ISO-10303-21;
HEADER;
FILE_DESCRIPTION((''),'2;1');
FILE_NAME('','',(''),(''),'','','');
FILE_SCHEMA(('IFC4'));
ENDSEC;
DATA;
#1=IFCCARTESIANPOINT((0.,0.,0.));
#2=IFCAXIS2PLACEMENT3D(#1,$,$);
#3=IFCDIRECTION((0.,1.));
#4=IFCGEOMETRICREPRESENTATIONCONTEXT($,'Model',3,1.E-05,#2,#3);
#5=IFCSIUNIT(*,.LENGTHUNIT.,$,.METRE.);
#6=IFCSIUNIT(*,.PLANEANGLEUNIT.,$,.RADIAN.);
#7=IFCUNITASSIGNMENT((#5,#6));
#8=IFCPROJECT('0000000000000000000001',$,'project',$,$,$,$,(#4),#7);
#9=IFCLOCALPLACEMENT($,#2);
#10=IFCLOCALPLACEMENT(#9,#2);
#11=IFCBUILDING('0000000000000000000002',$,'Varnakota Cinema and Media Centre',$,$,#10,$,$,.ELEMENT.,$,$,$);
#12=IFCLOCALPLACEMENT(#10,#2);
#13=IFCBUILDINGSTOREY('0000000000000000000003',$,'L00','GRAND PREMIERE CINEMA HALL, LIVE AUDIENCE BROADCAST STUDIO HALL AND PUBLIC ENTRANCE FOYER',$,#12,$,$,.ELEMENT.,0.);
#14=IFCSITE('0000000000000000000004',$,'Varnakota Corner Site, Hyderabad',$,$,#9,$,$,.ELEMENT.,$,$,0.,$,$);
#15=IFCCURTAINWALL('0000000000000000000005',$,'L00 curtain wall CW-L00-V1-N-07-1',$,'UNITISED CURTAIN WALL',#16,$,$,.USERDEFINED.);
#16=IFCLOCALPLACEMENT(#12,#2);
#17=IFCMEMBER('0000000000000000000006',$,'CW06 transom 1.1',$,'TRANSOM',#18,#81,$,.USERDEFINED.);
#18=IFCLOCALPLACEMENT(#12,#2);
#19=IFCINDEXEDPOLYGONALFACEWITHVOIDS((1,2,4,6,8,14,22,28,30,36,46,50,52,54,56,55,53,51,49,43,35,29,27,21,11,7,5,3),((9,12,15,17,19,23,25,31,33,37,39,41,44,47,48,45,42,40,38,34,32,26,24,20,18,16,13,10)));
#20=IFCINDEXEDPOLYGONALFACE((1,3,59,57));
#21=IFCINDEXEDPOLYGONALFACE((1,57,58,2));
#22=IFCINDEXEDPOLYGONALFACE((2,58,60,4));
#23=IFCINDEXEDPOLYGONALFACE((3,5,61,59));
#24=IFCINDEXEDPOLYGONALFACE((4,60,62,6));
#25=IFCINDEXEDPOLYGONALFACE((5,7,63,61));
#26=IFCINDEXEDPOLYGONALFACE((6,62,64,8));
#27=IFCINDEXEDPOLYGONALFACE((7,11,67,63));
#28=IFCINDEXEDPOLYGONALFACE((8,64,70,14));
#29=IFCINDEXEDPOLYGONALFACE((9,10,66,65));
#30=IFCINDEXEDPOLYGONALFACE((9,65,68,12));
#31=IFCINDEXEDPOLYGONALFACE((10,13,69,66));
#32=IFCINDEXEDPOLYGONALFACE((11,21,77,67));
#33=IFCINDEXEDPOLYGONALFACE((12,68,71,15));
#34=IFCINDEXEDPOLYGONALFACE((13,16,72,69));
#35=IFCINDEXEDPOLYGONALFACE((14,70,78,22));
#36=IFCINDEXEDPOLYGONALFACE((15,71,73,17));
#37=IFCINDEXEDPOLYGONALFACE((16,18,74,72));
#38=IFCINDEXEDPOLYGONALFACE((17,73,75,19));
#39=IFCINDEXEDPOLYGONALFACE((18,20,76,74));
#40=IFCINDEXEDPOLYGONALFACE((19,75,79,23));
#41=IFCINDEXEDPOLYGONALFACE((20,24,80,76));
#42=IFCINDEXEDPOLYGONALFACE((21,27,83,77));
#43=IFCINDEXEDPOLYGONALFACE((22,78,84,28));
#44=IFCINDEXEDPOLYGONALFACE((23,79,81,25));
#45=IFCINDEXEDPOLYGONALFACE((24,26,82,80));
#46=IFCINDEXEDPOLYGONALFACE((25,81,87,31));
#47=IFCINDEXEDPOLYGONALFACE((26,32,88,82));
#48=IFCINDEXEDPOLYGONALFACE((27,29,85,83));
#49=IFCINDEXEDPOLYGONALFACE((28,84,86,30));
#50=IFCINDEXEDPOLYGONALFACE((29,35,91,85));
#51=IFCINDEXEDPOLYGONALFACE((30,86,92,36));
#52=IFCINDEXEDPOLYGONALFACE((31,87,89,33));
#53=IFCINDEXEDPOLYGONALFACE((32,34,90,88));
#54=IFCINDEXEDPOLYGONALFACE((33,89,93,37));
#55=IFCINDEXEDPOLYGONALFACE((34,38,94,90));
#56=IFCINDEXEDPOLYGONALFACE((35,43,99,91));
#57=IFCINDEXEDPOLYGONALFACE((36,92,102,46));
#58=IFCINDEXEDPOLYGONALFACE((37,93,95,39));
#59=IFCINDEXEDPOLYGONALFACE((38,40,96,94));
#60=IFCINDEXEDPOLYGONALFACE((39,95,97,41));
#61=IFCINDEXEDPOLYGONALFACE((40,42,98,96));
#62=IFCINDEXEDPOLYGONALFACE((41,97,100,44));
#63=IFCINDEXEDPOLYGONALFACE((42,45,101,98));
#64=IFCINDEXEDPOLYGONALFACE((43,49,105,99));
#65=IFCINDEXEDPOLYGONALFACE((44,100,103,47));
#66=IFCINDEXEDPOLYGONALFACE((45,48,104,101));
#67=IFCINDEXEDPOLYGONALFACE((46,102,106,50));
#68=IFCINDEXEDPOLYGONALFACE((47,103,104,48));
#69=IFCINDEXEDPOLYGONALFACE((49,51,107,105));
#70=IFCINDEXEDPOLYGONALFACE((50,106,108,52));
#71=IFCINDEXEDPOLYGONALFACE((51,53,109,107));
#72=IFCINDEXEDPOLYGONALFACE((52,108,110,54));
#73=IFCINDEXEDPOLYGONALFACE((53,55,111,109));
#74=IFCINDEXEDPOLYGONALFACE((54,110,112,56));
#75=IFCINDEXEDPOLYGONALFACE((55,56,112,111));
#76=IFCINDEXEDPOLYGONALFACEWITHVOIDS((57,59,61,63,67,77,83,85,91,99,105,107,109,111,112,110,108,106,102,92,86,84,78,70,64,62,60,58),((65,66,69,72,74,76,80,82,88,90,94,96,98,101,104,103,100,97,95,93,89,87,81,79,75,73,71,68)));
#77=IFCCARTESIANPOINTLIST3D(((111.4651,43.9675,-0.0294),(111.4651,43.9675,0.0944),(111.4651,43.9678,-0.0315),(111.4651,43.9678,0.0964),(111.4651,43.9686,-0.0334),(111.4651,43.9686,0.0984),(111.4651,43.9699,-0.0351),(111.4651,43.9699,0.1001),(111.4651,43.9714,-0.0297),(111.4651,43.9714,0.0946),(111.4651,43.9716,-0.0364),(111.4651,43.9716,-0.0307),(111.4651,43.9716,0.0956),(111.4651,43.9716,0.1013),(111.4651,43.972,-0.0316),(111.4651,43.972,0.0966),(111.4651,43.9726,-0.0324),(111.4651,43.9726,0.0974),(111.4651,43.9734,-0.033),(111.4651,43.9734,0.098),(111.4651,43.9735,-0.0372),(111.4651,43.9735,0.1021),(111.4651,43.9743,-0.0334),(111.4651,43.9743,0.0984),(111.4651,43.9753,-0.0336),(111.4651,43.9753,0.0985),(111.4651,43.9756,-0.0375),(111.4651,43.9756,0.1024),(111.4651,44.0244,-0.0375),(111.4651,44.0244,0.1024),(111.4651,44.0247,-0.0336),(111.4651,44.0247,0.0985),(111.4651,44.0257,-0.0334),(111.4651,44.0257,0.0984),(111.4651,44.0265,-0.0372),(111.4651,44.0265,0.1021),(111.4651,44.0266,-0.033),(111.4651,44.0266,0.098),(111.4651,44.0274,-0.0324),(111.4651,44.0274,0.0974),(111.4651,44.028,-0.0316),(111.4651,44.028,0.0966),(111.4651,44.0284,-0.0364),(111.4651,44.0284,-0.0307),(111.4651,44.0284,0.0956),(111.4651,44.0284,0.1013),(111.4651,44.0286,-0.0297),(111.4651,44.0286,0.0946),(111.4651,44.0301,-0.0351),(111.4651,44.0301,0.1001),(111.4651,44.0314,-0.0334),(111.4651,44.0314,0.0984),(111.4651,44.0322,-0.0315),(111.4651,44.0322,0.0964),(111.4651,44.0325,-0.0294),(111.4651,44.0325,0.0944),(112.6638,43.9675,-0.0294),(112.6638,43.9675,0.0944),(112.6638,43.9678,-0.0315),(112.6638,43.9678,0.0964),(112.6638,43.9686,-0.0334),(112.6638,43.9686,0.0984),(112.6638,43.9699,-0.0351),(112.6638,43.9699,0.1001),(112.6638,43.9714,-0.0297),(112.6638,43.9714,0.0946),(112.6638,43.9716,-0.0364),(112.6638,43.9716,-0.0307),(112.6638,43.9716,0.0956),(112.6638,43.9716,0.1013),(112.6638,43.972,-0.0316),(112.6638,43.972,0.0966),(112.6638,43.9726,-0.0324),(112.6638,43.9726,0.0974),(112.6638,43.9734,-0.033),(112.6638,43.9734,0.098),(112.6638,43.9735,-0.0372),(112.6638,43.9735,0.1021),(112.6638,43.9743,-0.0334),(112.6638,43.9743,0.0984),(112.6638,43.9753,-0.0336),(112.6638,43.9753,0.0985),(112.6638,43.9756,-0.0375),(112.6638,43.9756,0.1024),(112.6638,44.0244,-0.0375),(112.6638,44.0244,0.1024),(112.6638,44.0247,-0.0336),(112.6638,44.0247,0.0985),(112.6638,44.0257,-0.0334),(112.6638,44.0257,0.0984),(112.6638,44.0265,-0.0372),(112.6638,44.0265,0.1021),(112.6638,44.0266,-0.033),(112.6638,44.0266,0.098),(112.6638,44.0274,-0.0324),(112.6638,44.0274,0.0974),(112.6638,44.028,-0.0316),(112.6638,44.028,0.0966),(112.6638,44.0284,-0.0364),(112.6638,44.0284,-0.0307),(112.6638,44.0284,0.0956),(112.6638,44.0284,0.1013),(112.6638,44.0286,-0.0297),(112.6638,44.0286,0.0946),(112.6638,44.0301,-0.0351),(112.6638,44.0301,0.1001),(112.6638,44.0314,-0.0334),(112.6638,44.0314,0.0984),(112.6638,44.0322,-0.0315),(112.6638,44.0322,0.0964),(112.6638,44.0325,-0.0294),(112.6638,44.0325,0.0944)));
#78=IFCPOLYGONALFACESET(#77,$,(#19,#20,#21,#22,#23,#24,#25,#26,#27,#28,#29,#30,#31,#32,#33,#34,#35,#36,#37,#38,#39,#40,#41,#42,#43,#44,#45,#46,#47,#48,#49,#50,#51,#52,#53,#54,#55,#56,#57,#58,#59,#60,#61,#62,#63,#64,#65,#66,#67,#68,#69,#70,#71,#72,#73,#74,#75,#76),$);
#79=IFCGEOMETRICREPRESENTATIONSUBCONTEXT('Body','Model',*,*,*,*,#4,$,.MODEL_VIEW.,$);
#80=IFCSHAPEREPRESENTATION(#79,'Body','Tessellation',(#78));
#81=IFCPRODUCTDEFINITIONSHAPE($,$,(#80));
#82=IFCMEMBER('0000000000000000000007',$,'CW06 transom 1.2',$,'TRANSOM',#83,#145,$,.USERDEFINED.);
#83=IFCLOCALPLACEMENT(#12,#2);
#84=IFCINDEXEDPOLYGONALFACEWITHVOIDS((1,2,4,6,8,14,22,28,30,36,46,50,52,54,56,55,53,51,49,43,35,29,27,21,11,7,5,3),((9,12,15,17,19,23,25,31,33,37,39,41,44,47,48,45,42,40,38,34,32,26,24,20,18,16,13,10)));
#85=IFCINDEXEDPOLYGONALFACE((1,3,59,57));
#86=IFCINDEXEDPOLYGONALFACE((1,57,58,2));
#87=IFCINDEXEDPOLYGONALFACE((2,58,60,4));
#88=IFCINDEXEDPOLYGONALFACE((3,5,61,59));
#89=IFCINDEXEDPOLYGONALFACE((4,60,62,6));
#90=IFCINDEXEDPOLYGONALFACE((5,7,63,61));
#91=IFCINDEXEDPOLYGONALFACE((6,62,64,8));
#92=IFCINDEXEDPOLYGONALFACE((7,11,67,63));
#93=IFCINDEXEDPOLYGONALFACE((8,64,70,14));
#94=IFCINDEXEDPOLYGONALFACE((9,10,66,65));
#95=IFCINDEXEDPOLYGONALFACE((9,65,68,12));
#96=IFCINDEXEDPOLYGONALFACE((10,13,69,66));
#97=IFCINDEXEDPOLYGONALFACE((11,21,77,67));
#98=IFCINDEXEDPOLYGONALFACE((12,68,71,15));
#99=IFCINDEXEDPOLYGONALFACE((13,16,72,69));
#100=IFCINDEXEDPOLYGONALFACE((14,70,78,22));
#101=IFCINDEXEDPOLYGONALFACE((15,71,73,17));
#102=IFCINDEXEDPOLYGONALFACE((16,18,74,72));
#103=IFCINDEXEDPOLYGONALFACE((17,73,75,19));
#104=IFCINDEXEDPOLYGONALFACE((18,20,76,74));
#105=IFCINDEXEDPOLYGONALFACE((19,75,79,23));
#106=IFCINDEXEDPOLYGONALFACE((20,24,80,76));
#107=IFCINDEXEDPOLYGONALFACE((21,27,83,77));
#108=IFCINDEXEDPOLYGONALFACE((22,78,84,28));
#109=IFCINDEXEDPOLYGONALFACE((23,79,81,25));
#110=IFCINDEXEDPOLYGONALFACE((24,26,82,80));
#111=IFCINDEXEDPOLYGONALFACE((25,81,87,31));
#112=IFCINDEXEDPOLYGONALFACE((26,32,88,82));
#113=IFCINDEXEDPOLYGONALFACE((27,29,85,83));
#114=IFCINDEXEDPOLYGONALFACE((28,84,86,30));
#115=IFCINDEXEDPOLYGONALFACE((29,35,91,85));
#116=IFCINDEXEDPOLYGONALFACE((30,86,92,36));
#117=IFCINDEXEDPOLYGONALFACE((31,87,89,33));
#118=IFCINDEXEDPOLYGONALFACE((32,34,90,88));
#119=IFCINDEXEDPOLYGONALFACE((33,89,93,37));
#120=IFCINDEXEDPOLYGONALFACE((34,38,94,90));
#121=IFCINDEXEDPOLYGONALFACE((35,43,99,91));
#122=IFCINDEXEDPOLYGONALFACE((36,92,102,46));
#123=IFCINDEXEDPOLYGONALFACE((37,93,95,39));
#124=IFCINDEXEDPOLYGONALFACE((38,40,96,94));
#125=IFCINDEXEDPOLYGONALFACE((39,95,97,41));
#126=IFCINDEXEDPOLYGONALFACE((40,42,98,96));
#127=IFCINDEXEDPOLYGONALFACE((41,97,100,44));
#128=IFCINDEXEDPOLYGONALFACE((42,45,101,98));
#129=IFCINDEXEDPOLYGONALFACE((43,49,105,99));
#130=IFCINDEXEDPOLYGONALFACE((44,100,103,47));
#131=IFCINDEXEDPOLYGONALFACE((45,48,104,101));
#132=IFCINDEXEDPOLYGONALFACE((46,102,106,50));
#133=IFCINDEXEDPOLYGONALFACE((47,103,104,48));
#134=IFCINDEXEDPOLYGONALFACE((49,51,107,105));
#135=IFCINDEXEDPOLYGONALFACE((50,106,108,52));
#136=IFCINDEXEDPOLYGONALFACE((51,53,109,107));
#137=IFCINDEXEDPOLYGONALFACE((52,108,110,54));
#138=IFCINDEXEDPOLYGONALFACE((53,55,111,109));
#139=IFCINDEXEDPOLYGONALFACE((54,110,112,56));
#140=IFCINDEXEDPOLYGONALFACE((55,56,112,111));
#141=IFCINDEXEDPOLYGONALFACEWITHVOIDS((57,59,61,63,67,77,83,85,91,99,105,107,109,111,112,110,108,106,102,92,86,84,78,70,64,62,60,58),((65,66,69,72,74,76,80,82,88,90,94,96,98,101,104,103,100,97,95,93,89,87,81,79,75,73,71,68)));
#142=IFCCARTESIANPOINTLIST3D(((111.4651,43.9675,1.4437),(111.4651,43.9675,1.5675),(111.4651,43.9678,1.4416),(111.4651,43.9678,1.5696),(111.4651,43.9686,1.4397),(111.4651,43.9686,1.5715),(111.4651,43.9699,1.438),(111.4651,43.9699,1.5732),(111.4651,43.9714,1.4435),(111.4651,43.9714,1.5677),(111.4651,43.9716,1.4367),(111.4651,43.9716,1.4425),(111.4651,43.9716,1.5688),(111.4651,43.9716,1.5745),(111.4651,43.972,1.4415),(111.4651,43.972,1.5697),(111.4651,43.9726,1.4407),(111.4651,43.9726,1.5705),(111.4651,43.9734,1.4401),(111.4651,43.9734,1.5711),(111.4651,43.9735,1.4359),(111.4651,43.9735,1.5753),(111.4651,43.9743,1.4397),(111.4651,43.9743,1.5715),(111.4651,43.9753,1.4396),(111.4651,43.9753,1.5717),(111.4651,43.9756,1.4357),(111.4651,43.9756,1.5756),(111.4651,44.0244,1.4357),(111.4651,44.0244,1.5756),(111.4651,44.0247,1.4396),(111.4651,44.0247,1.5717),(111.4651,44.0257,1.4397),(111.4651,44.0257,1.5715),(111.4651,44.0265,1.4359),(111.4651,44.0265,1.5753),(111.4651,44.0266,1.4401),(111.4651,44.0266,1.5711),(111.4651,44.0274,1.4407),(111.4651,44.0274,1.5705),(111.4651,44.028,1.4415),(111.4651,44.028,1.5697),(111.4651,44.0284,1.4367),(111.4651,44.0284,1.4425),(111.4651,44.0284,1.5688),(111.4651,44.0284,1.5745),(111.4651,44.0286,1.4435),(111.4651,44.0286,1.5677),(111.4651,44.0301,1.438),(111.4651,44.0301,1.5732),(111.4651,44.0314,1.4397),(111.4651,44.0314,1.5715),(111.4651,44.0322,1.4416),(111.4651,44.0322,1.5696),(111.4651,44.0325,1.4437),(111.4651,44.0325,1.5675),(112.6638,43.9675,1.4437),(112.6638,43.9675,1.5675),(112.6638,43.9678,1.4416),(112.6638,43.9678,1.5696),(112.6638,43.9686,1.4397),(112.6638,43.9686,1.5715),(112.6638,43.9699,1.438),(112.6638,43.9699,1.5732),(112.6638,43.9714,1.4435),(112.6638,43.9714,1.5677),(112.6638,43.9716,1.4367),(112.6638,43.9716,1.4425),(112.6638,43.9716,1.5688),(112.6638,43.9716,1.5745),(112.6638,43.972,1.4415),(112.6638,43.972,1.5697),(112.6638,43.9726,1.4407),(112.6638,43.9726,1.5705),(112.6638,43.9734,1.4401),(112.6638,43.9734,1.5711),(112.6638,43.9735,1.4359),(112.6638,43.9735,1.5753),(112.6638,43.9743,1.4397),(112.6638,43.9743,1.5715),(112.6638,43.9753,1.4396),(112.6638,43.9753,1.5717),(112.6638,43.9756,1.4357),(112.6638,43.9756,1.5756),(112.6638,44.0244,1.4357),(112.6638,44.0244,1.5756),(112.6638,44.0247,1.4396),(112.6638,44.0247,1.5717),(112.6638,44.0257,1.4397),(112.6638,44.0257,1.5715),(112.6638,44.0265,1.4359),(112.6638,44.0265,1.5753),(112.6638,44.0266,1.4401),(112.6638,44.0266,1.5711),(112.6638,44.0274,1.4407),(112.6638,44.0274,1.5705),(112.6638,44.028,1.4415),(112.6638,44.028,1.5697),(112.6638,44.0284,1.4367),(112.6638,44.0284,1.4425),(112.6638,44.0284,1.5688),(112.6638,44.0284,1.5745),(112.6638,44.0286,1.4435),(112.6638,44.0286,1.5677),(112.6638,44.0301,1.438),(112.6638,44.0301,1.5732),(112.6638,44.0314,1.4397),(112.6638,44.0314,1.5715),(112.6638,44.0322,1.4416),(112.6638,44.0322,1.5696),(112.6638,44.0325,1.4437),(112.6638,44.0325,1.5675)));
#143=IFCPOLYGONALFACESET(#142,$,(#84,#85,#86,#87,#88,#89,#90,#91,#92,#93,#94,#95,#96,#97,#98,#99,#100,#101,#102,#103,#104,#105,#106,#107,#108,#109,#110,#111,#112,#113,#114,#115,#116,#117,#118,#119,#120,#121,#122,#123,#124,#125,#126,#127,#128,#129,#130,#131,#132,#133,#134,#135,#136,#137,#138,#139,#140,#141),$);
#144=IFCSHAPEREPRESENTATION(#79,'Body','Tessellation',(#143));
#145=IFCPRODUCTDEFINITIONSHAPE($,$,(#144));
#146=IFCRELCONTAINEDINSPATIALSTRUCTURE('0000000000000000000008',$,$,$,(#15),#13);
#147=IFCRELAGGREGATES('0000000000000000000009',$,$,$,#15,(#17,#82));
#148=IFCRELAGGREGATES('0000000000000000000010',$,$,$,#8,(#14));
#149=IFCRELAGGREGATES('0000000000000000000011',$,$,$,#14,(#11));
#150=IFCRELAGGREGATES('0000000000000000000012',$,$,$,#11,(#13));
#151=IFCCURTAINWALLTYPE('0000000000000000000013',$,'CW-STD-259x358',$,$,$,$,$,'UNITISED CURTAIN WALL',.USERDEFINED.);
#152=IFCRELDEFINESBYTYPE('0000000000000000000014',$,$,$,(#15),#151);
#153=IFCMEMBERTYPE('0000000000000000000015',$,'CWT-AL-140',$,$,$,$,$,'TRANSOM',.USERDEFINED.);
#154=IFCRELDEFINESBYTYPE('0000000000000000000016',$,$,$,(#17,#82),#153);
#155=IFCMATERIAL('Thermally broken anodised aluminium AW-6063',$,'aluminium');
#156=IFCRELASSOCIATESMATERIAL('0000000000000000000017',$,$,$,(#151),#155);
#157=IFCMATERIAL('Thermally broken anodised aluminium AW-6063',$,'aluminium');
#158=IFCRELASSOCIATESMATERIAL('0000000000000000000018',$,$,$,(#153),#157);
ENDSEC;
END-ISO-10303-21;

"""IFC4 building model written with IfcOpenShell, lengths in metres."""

from ifc_helpers import new_model, si_unit, direction, frame, origin, origin_2d, place, context, subcontext, project, spatial, hollow_rectangle, extrude, material, material_profile, profile_set, type_object, element, aggregate, save


model = new_model("IFC4")

# Units and contexts
model_context = context("Model", 3, precision=1e-05, world=origin(), true_north=direction((0.0, 1.0)))
body_context = subcontext(model_context, "Body", "Model", "MODEL_VIEW")
ifc_project = project(units=[si_unit("LENGTHUNIT", "METRE"), si_unit("PLANEANGLEUNIT", "RADIAN")], contexts=[model_context])

# Site, building, storey
site_placement = place(None, origin())
site = spatial("IfcSite", under=ifc_project, at=site_placement, Name="Varnakota Corner Site, Hyderabad", CompositionType="ELEMENT", RefElevation=0.0)
building_placement = place(site_placement, origin())
building = spatial("IfcBuilding", under=site, at=building_placement, Name="Varnakota Cinema and Media Centre", CompositionType="ELEMENT")
storey_placement = place(building_placement, origin())
storey = spatial("IfcBuildingStorey", under=building, at=storey_placement, Name="L00", Description="GRAND PREMIERE CINEMA HALL, LIVE AUDIENCE BROADCAST STUDIO HALL AND PUBLIC ENTRANCE FOYER", CompositionType="ELEMENT", Elevation=0.0)

# Shared definitions
ifc_material_1 = material(Name="Thermally broken anodised aluminium AW-6063", Category="aluminium")
curtain_wall_type = type_object("IfcCurtainWallType", Name="CW-STD-259x358", ElementType="UNITISED CURTAIN WALL", PredefinedType="USERDEFINED", material=ifc_material_1)

# Curtain wall
curtain_wall_1_placement = place(storey_placement, origin())
curtain_wall_1 = element("IfcCurtainWall", 1, at=curtain_wall_1_placement, inside=storey, type_object=curtain_wall_type, Name="L00 curtain wall CW-L00-V1-N-07-1", ObjectType="UNITISED CURTAIN WALL", PredefinedType="USERDEFINED")

# Members
ifc_material_2 = material(Name="Thermally broken anodised aluminium AW-6063", Category="aluminium")
ifc_material_profile_1 = material_profile(ifc_material_2, hollow_rectangle(XDim=0.0649, YDim=0.1399, WallThickness=0.0039, InnerFilletRadius=0.0039, OuterFilletRadius=0.0081, at=origin_2d()), Name="AL-TRANSOM 140x65x4")
ifc_profile_set_1 = profile_set([ifc_material_profile_1], Name="Thermally broken anodised aluminium AW-6063")
member_type_1 = type_object("IfcMemberType", Name="CWT-AL-140", ElementType="TRANSOM", PredefinedType="USERDEFINED", material=ifc_profile_set_1)
member_1_placement = place(storey_placement, frame((111.4651, 44.0, 0.0325), z_axis=(1.0, 0.0, 0.0), x_axis=(0.0, 1.0, 0.0)))
member_1 = element("IfcMember", 2, at=member_1_placement, type_object=member_type_1, Name="CW06 transom 1.1", ObjectType="TRANSOM", PredefinedType="USERDEFINED", context=body_context, shape_type="SweptSolid", body=[
    extrude(hollow_rectangle(XDim=0.0649, YDim=0.1399, WallThickness=0.0039, InnerFilletRadius=0.0039, OuterFilletRadius=0.0081, at=origin_2d()), origin(), (0.0, 0.0, 1.0), 1.1987),
])
member_2_placement = place(storey_placement, frame((111.4651, 44.0, 1.5056), z_axis=(1.0, 0.0, 0.0), x_axis=(0.0, 1.0, 0.0)))
member_2 = element("IfcMember", 3, at=member_2_placement, type_object=member_type_1, Name="CW06 transom 1.2", ObjectType="TRANSOM", PredefinedType="USERDEFINED", context=body_context, shape_type="SweptSolid", body=[
    extrude(hollow_rectangle(XDim=0.0649, YDim=0.1399, WallThickness=0.0039, InnerFilletRadius=0.0039, OuterFilletRadius=0.0081, at=origin_2d()), origin(), (0.0, 0.0, 1.0), 1.1987),
])

aggregate(curtain_wall_1, [member_1, member_2])

save(model, "model.ifc")
